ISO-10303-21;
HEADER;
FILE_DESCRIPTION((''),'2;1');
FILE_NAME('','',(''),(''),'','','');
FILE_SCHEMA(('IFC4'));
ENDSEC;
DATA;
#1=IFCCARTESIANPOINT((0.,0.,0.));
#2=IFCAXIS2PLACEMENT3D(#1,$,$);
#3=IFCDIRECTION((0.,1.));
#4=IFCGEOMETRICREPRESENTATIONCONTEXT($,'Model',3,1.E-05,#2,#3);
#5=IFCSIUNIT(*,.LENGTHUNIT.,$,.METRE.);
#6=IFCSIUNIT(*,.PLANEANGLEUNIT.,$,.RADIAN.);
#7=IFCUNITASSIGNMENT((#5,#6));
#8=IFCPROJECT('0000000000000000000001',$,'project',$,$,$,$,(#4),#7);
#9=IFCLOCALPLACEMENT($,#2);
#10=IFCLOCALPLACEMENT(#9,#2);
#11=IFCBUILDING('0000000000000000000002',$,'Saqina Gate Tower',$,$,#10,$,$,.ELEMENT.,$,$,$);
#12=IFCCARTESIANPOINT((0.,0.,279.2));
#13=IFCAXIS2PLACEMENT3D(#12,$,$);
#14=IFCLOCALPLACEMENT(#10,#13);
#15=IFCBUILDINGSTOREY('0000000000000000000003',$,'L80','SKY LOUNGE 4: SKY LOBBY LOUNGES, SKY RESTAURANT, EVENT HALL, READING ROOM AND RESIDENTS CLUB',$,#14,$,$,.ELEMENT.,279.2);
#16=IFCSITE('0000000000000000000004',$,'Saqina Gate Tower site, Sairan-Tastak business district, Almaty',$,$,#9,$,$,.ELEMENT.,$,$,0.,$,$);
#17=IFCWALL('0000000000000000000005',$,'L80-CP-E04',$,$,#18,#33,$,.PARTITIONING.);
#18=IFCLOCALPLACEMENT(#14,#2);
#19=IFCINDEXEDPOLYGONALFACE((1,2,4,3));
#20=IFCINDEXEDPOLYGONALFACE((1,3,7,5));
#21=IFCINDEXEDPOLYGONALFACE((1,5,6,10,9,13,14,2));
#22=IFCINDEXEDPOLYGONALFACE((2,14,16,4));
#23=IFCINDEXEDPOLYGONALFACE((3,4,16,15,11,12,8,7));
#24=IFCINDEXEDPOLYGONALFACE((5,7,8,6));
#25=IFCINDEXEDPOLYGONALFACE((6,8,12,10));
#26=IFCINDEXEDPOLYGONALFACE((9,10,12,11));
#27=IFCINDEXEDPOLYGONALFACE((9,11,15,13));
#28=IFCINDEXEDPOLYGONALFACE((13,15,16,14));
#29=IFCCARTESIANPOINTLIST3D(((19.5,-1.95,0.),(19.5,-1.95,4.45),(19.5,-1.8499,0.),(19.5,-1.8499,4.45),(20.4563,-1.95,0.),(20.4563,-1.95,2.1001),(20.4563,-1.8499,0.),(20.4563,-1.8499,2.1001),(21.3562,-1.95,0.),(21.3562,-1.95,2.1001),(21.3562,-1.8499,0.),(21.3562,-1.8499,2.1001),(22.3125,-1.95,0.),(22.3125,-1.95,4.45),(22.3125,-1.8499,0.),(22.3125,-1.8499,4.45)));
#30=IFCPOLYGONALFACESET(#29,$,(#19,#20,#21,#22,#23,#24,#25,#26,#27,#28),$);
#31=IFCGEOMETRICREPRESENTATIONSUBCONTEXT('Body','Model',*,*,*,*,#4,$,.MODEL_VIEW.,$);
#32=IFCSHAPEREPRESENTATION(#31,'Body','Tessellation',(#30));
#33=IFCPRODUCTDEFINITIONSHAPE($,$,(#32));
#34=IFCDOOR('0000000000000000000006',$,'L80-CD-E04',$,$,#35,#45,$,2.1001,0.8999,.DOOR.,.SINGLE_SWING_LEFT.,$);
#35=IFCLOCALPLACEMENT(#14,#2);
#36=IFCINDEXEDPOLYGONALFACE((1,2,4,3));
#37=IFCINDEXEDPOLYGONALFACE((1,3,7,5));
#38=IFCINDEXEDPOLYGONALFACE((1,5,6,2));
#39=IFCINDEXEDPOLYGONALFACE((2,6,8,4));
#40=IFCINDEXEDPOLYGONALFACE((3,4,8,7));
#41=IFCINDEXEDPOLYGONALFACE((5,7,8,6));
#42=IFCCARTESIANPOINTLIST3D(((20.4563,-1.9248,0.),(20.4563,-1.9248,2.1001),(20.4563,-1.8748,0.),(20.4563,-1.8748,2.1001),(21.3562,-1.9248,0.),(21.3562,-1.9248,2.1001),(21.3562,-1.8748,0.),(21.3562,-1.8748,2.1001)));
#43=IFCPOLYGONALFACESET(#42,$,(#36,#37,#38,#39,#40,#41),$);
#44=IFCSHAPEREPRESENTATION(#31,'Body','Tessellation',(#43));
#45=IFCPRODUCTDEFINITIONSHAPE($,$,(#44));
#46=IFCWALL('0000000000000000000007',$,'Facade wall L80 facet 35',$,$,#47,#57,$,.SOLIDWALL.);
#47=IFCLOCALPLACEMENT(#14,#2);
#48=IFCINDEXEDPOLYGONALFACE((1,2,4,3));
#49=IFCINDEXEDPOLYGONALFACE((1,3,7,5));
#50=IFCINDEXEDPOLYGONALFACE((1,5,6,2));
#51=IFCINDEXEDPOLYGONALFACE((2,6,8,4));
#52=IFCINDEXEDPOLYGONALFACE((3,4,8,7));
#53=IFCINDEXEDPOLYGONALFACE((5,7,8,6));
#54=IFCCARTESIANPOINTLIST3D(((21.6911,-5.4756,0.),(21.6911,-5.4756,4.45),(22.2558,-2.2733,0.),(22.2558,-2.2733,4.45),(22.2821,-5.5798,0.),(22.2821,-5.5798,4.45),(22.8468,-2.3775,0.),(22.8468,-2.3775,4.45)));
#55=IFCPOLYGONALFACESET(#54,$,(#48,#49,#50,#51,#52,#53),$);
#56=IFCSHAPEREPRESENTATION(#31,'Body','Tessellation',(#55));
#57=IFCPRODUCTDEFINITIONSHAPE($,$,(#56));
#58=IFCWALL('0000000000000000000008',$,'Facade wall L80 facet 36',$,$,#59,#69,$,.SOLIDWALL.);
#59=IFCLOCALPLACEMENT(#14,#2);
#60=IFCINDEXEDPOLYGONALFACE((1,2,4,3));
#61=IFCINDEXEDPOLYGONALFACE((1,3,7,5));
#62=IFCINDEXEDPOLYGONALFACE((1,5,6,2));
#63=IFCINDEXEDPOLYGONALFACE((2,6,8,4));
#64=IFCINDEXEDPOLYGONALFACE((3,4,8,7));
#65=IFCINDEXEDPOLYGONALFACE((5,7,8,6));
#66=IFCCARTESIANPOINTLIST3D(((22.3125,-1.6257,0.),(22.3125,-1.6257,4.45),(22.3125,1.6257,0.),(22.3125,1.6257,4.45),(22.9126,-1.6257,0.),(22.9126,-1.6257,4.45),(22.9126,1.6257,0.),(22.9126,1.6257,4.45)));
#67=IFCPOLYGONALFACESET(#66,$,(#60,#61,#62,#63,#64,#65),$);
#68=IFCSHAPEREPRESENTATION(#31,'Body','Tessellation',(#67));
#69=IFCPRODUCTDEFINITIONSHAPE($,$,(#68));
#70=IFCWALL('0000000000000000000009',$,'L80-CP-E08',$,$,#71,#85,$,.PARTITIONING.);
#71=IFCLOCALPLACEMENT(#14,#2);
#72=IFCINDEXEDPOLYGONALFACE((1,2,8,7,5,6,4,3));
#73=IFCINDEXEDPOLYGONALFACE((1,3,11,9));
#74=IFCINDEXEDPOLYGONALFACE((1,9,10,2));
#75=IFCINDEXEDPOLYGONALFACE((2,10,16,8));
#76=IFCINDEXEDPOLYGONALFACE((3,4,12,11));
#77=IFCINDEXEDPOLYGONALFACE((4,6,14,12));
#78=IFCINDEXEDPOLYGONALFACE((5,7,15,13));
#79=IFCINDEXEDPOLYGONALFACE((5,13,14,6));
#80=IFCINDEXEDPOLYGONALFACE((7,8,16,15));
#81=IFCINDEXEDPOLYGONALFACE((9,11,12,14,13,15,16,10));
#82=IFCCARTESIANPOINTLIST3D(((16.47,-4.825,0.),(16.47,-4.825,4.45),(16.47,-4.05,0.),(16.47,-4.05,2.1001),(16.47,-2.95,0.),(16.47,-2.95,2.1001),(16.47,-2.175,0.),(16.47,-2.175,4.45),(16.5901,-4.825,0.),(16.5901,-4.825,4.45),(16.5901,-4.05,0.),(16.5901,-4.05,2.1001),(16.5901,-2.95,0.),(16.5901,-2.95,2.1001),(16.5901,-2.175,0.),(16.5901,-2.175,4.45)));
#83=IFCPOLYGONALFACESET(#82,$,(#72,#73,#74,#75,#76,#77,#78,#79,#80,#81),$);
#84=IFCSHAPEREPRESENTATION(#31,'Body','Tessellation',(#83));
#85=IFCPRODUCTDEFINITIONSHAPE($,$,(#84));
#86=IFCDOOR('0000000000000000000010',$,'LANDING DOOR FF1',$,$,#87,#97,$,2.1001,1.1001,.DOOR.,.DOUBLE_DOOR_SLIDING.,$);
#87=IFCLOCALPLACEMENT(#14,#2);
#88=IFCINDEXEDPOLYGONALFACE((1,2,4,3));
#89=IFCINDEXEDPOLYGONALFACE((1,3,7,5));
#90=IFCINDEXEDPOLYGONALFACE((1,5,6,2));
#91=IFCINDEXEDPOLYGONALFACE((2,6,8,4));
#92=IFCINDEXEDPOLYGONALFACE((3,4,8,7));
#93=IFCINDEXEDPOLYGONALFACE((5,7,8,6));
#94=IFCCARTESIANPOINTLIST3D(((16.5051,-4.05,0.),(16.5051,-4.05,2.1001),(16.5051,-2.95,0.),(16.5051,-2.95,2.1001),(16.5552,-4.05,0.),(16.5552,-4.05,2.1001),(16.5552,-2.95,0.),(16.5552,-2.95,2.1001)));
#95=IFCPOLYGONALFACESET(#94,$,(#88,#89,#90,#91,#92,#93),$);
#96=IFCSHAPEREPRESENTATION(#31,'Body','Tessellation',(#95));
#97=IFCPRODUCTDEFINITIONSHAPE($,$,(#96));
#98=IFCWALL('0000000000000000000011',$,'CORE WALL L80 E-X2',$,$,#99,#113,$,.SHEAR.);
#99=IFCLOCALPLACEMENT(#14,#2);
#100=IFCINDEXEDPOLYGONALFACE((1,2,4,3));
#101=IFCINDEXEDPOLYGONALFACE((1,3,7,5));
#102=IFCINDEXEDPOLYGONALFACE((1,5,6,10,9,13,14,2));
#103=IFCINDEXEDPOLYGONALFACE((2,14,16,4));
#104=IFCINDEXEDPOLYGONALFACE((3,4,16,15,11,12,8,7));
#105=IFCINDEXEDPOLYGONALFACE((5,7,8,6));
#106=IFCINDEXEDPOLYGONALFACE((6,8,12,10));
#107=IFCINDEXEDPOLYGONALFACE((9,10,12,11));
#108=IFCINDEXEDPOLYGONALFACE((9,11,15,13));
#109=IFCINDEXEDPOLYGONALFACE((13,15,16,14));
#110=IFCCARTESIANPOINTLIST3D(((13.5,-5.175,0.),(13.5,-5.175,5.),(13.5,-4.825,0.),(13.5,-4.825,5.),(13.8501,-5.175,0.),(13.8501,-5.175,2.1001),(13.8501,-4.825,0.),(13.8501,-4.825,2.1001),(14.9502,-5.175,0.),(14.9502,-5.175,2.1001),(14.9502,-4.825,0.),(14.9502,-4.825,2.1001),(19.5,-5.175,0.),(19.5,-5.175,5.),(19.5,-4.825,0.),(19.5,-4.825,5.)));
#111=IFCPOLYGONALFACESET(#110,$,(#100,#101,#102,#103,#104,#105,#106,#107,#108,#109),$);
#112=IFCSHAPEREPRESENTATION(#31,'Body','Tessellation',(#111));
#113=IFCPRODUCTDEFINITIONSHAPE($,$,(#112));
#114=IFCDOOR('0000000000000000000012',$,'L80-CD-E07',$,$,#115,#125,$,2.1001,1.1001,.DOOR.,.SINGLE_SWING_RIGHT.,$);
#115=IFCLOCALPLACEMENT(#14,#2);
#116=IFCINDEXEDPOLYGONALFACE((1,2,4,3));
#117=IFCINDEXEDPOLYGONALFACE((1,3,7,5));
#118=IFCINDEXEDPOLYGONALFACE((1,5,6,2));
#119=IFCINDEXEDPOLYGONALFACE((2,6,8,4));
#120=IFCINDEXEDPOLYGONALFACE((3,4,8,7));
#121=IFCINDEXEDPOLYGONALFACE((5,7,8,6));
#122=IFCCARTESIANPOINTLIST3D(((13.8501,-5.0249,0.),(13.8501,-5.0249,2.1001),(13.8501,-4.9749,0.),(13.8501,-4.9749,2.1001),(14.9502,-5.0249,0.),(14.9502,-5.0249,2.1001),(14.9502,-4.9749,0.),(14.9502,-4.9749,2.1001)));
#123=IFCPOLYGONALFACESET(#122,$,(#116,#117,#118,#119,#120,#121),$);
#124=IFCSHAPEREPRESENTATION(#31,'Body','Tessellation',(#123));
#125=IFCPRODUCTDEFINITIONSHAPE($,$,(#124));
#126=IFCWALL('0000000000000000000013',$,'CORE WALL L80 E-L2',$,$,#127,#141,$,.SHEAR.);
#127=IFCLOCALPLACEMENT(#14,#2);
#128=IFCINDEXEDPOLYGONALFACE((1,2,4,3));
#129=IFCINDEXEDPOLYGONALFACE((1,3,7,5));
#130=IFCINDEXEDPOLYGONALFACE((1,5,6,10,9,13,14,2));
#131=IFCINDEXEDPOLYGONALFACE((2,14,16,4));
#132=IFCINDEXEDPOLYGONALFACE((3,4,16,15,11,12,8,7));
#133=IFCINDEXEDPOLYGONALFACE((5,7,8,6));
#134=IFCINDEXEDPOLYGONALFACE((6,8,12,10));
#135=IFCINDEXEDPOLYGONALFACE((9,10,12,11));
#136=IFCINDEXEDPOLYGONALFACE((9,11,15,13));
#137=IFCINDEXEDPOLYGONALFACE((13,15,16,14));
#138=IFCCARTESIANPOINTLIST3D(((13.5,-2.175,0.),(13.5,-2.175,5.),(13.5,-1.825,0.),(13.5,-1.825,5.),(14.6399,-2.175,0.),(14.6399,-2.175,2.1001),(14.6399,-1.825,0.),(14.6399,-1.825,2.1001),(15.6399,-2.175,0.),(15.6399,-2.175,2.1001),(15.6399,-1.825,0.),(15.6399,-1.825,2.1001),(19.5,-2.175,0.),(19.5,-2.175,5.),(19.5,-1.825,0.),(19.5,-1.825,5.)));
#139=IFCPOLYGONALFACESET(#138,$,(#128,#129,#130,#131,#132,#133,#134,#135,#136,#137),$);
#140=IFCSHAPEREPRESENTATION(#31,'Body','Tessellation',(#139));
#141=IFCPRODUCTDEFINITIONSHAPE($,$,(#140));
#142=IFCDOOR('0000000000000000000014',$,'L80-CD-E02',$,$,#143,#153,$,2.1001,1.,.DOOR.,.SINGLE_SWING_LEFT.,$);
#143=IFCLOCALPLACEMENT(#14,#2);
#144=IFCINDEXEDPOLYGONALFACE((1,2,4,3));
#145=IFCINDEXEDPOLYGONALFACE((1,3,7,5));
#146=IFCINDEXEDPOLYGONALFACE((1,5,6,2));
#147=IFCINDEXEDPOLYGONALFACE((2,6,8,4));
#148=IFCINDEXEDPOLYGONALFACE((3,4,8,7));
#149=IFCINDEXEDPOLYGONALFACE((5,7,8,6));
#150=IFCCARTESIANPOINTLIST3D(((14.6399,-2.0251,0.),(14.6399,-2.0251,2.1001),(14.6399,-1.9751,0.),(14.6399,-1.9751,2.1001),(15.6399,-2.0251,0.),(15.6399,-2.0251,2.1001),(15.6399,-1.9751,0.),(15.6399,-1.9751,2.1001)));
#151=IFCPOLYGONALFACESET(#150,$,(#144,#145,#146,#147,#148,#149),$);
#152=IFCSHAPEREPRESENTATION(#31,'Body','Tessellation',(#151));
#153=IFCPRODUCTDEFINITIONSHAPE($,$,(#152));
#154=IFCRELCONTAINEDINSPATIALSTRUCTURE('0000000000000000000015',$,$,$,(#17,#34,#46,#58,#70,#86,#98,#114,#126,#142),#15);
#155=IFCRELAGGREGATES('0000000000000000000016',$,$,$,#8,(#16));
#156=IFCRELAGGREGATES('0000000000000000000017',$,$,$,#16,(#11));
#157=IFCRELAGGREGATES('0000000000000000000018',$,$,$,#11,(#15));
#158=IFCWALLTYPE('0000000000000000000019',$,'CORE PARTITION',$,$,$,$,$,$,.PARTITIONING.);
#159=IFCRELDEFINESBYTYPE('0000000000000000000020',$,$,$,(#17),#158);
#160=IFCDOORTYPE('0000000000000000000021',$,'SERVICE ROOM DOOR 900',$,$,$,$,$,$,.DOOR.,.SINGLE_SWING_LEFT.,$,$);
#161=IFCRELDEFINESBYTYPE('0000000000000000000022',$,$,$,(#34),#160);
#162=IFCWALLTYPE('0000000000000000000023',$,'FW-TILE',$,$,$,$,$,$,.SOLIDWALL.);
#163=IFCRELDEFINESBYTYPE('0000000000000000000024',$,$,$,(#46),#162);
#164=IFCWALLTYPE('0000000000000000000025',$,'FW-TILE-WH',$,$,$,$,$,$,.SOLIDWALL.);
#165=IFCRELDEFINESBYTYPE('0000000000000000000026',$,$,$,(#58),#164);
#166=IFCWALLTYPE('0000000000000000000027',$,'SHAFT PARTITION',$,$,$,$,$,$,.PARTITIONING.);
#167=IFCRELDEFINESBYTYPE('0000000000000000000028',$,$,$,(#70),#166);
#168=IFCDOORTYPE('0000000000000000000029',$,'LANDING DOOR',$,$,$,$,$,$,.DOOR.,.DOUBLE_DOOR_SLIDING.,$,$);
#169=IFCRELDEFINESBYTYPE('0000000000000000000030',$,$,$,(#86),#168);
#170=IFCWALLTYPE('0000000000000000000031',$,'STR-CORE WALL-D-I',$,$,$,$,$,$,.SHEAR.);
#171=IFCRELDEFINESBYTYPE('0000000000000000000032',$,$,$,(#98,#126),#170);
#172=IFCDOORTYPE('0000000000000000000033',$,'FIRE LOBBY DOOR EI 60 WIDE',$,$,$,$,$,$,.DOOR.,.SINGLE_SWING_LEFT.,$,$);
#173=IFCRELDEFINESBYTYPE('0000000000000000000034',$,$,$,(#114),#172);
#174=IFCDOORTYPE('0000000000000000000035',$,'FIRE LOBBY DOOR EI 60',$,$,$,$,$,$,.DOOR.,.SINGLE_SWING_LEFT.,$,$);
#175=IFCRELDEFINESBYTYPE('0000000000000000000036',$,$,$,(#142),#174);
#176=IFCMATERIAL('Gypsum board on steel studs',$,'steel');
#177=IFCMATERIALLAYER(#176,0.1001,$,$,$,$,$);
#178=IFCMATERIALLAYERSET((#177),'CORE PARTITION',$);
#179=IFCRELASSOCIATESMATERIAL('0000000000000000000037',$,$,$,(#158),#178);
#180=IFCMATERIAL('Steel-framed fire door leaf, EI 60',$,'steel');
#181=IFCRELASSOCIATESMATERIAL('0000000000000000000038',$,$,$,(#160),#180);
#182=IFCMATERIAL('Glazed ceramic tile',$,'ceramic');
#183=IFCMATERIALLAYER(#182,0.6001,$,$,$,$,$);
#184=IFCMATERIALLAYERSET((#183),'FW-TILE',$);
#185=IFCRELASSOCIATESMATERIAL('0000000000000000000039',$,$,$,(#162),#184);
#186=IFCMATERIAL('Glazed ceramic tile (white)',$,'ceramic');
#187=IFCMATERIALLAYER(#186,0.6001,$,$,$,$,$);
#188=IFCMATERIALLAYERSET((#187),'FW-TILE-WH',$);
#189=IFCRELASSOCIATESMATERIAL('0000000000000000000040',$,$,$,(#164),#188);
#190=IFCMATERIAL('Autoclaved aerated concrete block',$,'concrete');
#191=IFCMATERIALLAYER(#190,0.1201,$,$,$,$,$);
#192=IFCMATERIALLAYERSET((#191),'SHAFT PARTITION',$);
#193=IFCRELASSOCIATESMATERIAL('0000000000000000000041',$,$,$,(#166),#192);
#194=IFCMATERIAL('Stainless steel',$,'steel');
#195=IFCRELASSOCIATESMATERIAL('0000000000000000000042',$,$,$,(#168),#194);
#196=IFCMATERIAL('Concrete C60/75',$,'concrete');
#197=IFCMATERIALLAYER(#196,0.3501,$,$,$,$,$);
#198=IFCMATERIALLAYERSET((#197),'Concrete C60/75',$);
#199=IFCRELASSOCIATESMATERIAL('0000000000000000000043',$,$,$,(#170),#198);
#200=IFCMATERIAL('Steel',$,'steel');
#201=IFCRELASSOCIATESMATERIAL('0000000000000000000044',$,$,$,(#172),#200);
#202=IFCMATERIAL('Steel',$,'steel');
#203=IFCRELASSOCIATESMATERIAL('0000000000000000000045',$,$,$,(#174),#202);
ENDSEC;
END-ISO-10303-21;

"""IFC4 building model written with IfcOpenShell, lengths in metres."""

from ifc_helpers import new_model, si_unit, direction, frame, frame_2d, origin, place, context, subcontext, project, spatial, rectangle, extrude, material, layer, layer_set, type_object, element, fill, save


model = new_model("IFC4")

# Units and contexts
model_context = context("Model", 3, precision=1e-05, world=origin(), true_north=direction((0.0, 1.0)))
body_context = subcontext(model_context, "Body", "Model", "MODEL_VIEW")
ifc_project = project(units=[si_unit("LENGTHUNIT", "METRE"), si_unit("PLANEANGLEUNIT", "RADIAN")], contexts=[model_context])

# Site, building, storey
site_placement = place(None, origin())
site = spatial("IfcSite", under=ifc_project, at=site_placement, Name="Saqina Gate Tower site, Sairan-Tastak business district, Almaty", CompositionType="ELEMENT", RefElevation=0.0)
building_placement = place(site_placement, origin())
building = spatial("IfcBuilding", under=site, at=building_placement, Name="Saqina Gate Tower", CompositionType="ELEMENT")
storey_placement = place(building_placement, frame((0.0, 0.0, 279.2)))
storey = spatial("IfcBuildingStorey", under=building, at=storey_placement, Name="L80", Description="SKY LOUNGE 4: SKY LOBBY LOUNGES, SKY RESTAURANT, EVENT HALL, READING ROOM AND RESIDENTS CLUB", CompositionType="ELEMENT", Elevation=279.2)

# Shared definitions
ifc_material_1 = material(Name="Gypsum board on steel studs", Category="steel")
ifc_layer_1 = layer(ifc_material_1, 0.1001)
ifc_layer_set_1 = layer_set([ifc_layer_1], Name="CORE PARTITION")
wall_type_1 = type_object("IfcWallType", Name="CORE PARTITION", PredefinedType="PARTITIONING", material=ifc_layer_set_1)

# Wall, opening, door
wall_1_placement = place(storey_placement, frame((19.5, -1.8999, 0.0), z_axis=(0.0, 0.0, 1.0), x_axis=(1.0, 0.0, 0.0)))
wall_1 = element("IfcWall", 1, at=wall_1_placement, inside=storey, type_object=wall_type_1, Name="L80-CP-E04", PredefinedType="PARTITIONING", context=body_context, shape_type="SweptSolid", body=[
    extrude(rectangle(XDim=2.8125, YDim=0.1001, at=frame_2d((1.4062, 0.0))), origin(), (0.0, 0.0, 1.0), 4.45),
])
opening_1_placement = place(wall_1_placement, frame((0.9563, 0.0, 0.0)))
opening_1 = element("IfcOpeningElement", 2, at=opening_1_placement, cuts=wall_1, PredefinedType="OPENING", context=body_context, shape_type="SweptSolid", body=[
    extrude(rectangle(XDim=0.8999, YDim=2.1001, at=frame_2d((0.45, 1.05))), frame((0.0, 0.062, 0.0), z_axis=(0.0, -1.0, 0.0), x_axis=(1.0, 0.0, 0.0)), (0.0, 0.0, 1.0), 0.124),
])
ifc_material_2 = material(Name="Steel-framed fire door leaf, EI 60", Category="steel")
door_type_1 = type_object("IfcDoorType", Name="SERVICE ROOM DOOR 900", OperationType="SINGLE_SWING_LEFT", PredefinedType="DOOR", material=ifc_material_2)
door_1_placement = place(opening_1_placement, frame((0.8999, 0.0, 0.0), z_axis=(0.0, 0.0, 1.0), x_axis=(-1.0, 0.0, 0.0)))
door_1 = element("IfcDoor", 3, at=door_1_placement, inside=storey, type_object=door_type_1, Name="L80-CD-E04", OperationType="SINGLE_SWING_LEFT", OverallHeight=2.1001, OverallWidth=0.8999, PredefinedType="DOOR", context=body_context, shape_type="SweptSolid", body=[
    extrude(rectangle(XDim=0.8999, YDim=2.1001, at=frame_2d((0.45, 1.05))), frame((0.0, 0.0249, 0.0), z_axis=(0.0, -1.0, 0.0), x_axis=(1.0, 0.0, 0.0)), (0.0, 0.0, 1.0), 0.05),
])
fill(opening_1, door_1)

# Walls
ifc_material_3 = material(Name="Glazed ceramic tile", Category="ceramic")
ifc_layer_2 = layer(ifc_material_3, 0.6001)
ifc_layer_set_2 = layer_set([ifc_layer_2], Name="FW-TILE")
wall_type_2 = type_object("IfcWallType", Name="FW-TILE", PredefinedType="SOLIDWALL", material=ifc_layer_set_2)
wall_2_placement = place(storey_placement, frame((21.9866, -5.5278, 0.0), z_axis=(0.0, 0.0, 1.0), x_axis=(0.173657, 0.984806, 0.0)))
element("IfcWall", 4, at=wall_2_placement, inside=storey, type_object=wall_type_2, Name="Facade wall L80 facet 35", PredefinedType="SOLIDWALL", context=body_context, shape_type="SweptSolid", body=[
    extrude(rectangle(XDim=3.2517, YDim=0.6001, at=frame_2d((1.626, 0.0))), origin(), (0.0, 0.0, 1.0), 4.45),
])
ifc_material_4 = material(Name="Glazed ceramic tile (white)", Category="ceramic")
ifc_layer_3 = layer(ifc_material_4, 0.6001)
ifc_layer_set_3 = layer_set([ifc_layer_3], Name="FW-TILE-WH")
wall_type_3 = type_object("IfcWallType", Name="FW-TILE-WH", PredefinedType="SOLIDWALL", material=ifc_layer_set_3)
wall_3_placement = place(storey_placement, frame((22.6125, -1.6257, 0.0), z_axis=(0.0, 0.0, 1.0), x_axis=(0.0, 1.0, 0.0)))
element("IfcWall", 5, at=wall_3_placement, inside=storey, type_object=wall_type_3, Name="Facade wall L80 facet 36", PredefinedType="SOLIDWALL", context=body_context, shape_type="SweptSolid", body=[
    extrude(rectangle(XDim=3.2515, YDim=0.6001, at=frame_2d((1.6257, 0.0))), origin(), (0.0, 0.0, 1.0), 4.45),
])

# Walls, openings, doors
ifc_material_5 = material(Name="Autoclaved aerated concrete block", Category="concrete")
ifc_layer_4 = layer(ifc_material_5, 0.1201)
ifc_layer_set_4 = layer_set([ifc_layer_4], Name="SHAFT PARTITION")
wall_type_4 = type_object("IfcWallType", Name="SHAFT PARTITION", PredefinedType="PARTITIONING", material=ifc_layer_set_4)
wall_4_placement = place(storey_placement, frame((16.53, -4.825, 0.0), z_axis=(0.0, 0.0, 1.0), x_axis=(0.0, 1.0, 0.0)))
wall_4 = element("IfcWall", 6, at=wall_4_placement, inside=storey, type_object=wall_type_4, Name="L80-CP-E08", PredefinedType="PARTITIONING", context=body_context, shape_type="SweptSolid", body=[
    extrude(rectangle(XDim=2.6499, YDim=0.1201, at=frame_2d((1.325, 0.0))), origin(), (0.0, 0.0, 1.0), 4.45),
])
opening_2_placement = place(wall_4_placement, frame((0.7749, 0.0, 0.0)))
opening_2 = element("IfcOpeningElement", 7, at=opening_2_placement, cuts=wall_4, PredefinedType="OPENING", context=body_context, shape_type="SweptSolid", body=[
    extrude(rectangle(XDim=1.1001, YDim=2.1001, at=frame_2d((0.55, 1.05))), frame((0.0, 0.072, 0.0), z_axis=(0.0, -1.0, 0.0), x_axis=(1.0, 0.0, 0.0)), (0.0, 0.0, 1.0), 0.144),
])
ifc_material_6 = material(Name="Stainless steel", Category="steel")
door_type_2 = type_object("IfcDoorType", Name="LANDING DOOR", OperationType="DOUBLE_DOOR_SLIDING", PredefinedType="DOOR", material=ifc_material_6)
door_2_placement = place(opening_2_placement, origin())
door_2 = element("IfcDoor", 8, at=door_2_placement, inside=storey, type_object=door_type_2, Name="LANDING DOOR FF1", OperationType="DOUBLE_DOOR_SLIDING", OverallHeight=2.1001, OverallWidth=1.1001, PredefinedType="DOOR", context=body_context, shape_type="SweptSolid", body=[
    extrude(rectangle(XDim=1.1001, YDim=2.1001, at=frame_2d((0.55, 1.05))), frame((0.0, 0.0249, 0.0), z_axis=(0.0, -1.0, 0.0), x_axis=(1.0, 0.0, 0.0)), (0.0, 0.0, 1.0), 0.05),
])
fill(opening_2, door_2)
ifc_material_7 = material(Name="Concrete C60/75", Category="concrete")
ifc_layer_5 = layer(ifc_material_7, 0.3501)
ifc_layer_set_5 = layer_set([ifc_layer_5], Name="Concrete C60/75")
wall_type_5 = type_object("IfcWallType", Name="STR-CORE WALL-D-I", PredefinedType="SHEAR", material=ifc_layer_set_5)
wall_5_placement = place(storey_placement, frame((13.5, -5.0, 0.0), z_axis=(0.0, 0.0, 1.0), x_axis=(1.0, 0.0, 0.0)))
wall_5 = element("IfcWall", 9, at=wall_5_placement, inside=storey, type_object=wall_type_5, Name="CORE WALL L80 E-X2", PredefinedType="SHEAR", context=body_context, shape_type="SweptSolid", body=[
    extrude(rectangle(XDim=6.0, YDim=0.3501, at=frame_2d((3.0, 0.0))), origin(), (0.0, 0.0, 1.0), 5.0),
])
opening_3_placement = place(wall_5_placement, frame((0.3501, 0.0, 0.0)))
opening_3 = element("IfcOpeningElement", 10, at=opening_3_placement, cuts=wall_5, PredefinedType="OPENING", context=body_context, shape_type="SweptSolid", body=[
    extrude(rectangle(XDim=1.1001, YDim=2.1001, at=frame_2d((0.55, 1.05))), frame((0.0, 0.187, 0.0), z_axis=(0.0, -1.0, 0.0), x_axis=(1.0, 0.0, 0.0)), (0.0, 0.0, 1.0), 0.374),
])
ifc_material_8 = material(Name="Steel", Category="steel")
door_type_3 = type_object("IfcDoorType", Name="FIRE LOBBY DOOR EI 60 WIDE", OperationType="SINGLE_SWING_LEFT", PredefinedType="DOOR", material=ifc_material_8)
door_3_placement = place(opening_3_placement, frame((1.1001, 0.0, 0.0), z_axis=(0.0, 0.0, 1.0), x_axis=(-1.0, 0.0, 0.0)))
door_3 = element("IfcDoor", 11, at=door_3_placement, inside=storey, type_object=door_type_3, Name="L80-CD-E07", OperationType="SINGLE_SWING_RIGHT", OverallHeight=2.1001, OverallWidth=1.1001, PredefinedType="DOOR", context=body_context, shape_type="SweptSolid", body=[
    extrude(rectangle(XDim=1.1001, YDim=2.1001, at=frame_2d((0.55, 1.05))), frame((0.0, 0.0249, 0.0), z_axis=(0.0, -1.0, 0.0), x_axis=(1.0, 0.0, 0.0)), (0.0, 0.0, 1.0), 0.05),
])
fill(opening_3, door_3)
wall_6_placement = place(storey_placement, frame((13.5, -2.0, 0.0), z_axis=(0.0, 0.0, 1.0), x_axis=(1.0, 0.0, 0.0)))
wall_6 = element("IfcWall", 12, at=wall_6_placement, inside=storey, type_object=wall_type_5, Name="CORE WALL L80 E-L2", PredefinedType="SHEAR", context=body_context, shape_type="SweptSolid", body=[
    extrude(rectangle(XDim=6.0, YDim=0.3501, at=frame_2d((3.0, 0.0))), origin(), (0.0, 0.0, 1.0), 5.0),
])
opening_4_placement = place(wall_6_placement, frame((1.1399, 0.0, 0.0)))
opening_4 = element("IfcOpeningElement", 13, at=opening_4_placement, cuts=wall_6, PredefinedType="OPENING", context=body_context, shape_type="SweptSolid", body=[
    extrude(rectangle(XDim=1.0, YDim=2.1001, at=frame_2d((0.5, 1.05))), frame((0.0, 0.187, 0.0), z_axis=(0.0, -1.0, 0.0), x_axis=(1.0, 0.0, 0.0)), (0.0, 0.0, 1.0), 0.374),
])
ifc_material_9 = material(Name="Steel", Category="steel")
door_type_4 = type_object("IfcDoorType", Name="FIRE LOBBY DOOR EI 60", OperationType="SINGLE_SWING_LEFT", PredefinedType="DOOR", material=ifc_material_9)
door_4_placement = place(opening_4_placement, origin())
door_4 = element("IfcDoor", 14, at=door_4_placement, inside=storey, type_object=door_type_4, Name="L80-CD-E02", OperationType="SINGLE_SWING_LEFT", OverallHeight=2.1001, OverallWidth=1.0, PredefinedType="DOOR", context=body_context, shape_type="SweptSolid", body=[
    extrude(rectangle(XDim=1.0, YDim=2.1001, at=frame_2d((0.5, 1.05))), frame((0.0, 0.0249, 0.0), z_axis=(0.0, -1.0, 0.0), x_axis=(1.0, 0.0, 0.0)), (0.0, 0.0, 1.0), 0.05),
])
fill(opening_4, door_4)

save(model, "model.ifc")
